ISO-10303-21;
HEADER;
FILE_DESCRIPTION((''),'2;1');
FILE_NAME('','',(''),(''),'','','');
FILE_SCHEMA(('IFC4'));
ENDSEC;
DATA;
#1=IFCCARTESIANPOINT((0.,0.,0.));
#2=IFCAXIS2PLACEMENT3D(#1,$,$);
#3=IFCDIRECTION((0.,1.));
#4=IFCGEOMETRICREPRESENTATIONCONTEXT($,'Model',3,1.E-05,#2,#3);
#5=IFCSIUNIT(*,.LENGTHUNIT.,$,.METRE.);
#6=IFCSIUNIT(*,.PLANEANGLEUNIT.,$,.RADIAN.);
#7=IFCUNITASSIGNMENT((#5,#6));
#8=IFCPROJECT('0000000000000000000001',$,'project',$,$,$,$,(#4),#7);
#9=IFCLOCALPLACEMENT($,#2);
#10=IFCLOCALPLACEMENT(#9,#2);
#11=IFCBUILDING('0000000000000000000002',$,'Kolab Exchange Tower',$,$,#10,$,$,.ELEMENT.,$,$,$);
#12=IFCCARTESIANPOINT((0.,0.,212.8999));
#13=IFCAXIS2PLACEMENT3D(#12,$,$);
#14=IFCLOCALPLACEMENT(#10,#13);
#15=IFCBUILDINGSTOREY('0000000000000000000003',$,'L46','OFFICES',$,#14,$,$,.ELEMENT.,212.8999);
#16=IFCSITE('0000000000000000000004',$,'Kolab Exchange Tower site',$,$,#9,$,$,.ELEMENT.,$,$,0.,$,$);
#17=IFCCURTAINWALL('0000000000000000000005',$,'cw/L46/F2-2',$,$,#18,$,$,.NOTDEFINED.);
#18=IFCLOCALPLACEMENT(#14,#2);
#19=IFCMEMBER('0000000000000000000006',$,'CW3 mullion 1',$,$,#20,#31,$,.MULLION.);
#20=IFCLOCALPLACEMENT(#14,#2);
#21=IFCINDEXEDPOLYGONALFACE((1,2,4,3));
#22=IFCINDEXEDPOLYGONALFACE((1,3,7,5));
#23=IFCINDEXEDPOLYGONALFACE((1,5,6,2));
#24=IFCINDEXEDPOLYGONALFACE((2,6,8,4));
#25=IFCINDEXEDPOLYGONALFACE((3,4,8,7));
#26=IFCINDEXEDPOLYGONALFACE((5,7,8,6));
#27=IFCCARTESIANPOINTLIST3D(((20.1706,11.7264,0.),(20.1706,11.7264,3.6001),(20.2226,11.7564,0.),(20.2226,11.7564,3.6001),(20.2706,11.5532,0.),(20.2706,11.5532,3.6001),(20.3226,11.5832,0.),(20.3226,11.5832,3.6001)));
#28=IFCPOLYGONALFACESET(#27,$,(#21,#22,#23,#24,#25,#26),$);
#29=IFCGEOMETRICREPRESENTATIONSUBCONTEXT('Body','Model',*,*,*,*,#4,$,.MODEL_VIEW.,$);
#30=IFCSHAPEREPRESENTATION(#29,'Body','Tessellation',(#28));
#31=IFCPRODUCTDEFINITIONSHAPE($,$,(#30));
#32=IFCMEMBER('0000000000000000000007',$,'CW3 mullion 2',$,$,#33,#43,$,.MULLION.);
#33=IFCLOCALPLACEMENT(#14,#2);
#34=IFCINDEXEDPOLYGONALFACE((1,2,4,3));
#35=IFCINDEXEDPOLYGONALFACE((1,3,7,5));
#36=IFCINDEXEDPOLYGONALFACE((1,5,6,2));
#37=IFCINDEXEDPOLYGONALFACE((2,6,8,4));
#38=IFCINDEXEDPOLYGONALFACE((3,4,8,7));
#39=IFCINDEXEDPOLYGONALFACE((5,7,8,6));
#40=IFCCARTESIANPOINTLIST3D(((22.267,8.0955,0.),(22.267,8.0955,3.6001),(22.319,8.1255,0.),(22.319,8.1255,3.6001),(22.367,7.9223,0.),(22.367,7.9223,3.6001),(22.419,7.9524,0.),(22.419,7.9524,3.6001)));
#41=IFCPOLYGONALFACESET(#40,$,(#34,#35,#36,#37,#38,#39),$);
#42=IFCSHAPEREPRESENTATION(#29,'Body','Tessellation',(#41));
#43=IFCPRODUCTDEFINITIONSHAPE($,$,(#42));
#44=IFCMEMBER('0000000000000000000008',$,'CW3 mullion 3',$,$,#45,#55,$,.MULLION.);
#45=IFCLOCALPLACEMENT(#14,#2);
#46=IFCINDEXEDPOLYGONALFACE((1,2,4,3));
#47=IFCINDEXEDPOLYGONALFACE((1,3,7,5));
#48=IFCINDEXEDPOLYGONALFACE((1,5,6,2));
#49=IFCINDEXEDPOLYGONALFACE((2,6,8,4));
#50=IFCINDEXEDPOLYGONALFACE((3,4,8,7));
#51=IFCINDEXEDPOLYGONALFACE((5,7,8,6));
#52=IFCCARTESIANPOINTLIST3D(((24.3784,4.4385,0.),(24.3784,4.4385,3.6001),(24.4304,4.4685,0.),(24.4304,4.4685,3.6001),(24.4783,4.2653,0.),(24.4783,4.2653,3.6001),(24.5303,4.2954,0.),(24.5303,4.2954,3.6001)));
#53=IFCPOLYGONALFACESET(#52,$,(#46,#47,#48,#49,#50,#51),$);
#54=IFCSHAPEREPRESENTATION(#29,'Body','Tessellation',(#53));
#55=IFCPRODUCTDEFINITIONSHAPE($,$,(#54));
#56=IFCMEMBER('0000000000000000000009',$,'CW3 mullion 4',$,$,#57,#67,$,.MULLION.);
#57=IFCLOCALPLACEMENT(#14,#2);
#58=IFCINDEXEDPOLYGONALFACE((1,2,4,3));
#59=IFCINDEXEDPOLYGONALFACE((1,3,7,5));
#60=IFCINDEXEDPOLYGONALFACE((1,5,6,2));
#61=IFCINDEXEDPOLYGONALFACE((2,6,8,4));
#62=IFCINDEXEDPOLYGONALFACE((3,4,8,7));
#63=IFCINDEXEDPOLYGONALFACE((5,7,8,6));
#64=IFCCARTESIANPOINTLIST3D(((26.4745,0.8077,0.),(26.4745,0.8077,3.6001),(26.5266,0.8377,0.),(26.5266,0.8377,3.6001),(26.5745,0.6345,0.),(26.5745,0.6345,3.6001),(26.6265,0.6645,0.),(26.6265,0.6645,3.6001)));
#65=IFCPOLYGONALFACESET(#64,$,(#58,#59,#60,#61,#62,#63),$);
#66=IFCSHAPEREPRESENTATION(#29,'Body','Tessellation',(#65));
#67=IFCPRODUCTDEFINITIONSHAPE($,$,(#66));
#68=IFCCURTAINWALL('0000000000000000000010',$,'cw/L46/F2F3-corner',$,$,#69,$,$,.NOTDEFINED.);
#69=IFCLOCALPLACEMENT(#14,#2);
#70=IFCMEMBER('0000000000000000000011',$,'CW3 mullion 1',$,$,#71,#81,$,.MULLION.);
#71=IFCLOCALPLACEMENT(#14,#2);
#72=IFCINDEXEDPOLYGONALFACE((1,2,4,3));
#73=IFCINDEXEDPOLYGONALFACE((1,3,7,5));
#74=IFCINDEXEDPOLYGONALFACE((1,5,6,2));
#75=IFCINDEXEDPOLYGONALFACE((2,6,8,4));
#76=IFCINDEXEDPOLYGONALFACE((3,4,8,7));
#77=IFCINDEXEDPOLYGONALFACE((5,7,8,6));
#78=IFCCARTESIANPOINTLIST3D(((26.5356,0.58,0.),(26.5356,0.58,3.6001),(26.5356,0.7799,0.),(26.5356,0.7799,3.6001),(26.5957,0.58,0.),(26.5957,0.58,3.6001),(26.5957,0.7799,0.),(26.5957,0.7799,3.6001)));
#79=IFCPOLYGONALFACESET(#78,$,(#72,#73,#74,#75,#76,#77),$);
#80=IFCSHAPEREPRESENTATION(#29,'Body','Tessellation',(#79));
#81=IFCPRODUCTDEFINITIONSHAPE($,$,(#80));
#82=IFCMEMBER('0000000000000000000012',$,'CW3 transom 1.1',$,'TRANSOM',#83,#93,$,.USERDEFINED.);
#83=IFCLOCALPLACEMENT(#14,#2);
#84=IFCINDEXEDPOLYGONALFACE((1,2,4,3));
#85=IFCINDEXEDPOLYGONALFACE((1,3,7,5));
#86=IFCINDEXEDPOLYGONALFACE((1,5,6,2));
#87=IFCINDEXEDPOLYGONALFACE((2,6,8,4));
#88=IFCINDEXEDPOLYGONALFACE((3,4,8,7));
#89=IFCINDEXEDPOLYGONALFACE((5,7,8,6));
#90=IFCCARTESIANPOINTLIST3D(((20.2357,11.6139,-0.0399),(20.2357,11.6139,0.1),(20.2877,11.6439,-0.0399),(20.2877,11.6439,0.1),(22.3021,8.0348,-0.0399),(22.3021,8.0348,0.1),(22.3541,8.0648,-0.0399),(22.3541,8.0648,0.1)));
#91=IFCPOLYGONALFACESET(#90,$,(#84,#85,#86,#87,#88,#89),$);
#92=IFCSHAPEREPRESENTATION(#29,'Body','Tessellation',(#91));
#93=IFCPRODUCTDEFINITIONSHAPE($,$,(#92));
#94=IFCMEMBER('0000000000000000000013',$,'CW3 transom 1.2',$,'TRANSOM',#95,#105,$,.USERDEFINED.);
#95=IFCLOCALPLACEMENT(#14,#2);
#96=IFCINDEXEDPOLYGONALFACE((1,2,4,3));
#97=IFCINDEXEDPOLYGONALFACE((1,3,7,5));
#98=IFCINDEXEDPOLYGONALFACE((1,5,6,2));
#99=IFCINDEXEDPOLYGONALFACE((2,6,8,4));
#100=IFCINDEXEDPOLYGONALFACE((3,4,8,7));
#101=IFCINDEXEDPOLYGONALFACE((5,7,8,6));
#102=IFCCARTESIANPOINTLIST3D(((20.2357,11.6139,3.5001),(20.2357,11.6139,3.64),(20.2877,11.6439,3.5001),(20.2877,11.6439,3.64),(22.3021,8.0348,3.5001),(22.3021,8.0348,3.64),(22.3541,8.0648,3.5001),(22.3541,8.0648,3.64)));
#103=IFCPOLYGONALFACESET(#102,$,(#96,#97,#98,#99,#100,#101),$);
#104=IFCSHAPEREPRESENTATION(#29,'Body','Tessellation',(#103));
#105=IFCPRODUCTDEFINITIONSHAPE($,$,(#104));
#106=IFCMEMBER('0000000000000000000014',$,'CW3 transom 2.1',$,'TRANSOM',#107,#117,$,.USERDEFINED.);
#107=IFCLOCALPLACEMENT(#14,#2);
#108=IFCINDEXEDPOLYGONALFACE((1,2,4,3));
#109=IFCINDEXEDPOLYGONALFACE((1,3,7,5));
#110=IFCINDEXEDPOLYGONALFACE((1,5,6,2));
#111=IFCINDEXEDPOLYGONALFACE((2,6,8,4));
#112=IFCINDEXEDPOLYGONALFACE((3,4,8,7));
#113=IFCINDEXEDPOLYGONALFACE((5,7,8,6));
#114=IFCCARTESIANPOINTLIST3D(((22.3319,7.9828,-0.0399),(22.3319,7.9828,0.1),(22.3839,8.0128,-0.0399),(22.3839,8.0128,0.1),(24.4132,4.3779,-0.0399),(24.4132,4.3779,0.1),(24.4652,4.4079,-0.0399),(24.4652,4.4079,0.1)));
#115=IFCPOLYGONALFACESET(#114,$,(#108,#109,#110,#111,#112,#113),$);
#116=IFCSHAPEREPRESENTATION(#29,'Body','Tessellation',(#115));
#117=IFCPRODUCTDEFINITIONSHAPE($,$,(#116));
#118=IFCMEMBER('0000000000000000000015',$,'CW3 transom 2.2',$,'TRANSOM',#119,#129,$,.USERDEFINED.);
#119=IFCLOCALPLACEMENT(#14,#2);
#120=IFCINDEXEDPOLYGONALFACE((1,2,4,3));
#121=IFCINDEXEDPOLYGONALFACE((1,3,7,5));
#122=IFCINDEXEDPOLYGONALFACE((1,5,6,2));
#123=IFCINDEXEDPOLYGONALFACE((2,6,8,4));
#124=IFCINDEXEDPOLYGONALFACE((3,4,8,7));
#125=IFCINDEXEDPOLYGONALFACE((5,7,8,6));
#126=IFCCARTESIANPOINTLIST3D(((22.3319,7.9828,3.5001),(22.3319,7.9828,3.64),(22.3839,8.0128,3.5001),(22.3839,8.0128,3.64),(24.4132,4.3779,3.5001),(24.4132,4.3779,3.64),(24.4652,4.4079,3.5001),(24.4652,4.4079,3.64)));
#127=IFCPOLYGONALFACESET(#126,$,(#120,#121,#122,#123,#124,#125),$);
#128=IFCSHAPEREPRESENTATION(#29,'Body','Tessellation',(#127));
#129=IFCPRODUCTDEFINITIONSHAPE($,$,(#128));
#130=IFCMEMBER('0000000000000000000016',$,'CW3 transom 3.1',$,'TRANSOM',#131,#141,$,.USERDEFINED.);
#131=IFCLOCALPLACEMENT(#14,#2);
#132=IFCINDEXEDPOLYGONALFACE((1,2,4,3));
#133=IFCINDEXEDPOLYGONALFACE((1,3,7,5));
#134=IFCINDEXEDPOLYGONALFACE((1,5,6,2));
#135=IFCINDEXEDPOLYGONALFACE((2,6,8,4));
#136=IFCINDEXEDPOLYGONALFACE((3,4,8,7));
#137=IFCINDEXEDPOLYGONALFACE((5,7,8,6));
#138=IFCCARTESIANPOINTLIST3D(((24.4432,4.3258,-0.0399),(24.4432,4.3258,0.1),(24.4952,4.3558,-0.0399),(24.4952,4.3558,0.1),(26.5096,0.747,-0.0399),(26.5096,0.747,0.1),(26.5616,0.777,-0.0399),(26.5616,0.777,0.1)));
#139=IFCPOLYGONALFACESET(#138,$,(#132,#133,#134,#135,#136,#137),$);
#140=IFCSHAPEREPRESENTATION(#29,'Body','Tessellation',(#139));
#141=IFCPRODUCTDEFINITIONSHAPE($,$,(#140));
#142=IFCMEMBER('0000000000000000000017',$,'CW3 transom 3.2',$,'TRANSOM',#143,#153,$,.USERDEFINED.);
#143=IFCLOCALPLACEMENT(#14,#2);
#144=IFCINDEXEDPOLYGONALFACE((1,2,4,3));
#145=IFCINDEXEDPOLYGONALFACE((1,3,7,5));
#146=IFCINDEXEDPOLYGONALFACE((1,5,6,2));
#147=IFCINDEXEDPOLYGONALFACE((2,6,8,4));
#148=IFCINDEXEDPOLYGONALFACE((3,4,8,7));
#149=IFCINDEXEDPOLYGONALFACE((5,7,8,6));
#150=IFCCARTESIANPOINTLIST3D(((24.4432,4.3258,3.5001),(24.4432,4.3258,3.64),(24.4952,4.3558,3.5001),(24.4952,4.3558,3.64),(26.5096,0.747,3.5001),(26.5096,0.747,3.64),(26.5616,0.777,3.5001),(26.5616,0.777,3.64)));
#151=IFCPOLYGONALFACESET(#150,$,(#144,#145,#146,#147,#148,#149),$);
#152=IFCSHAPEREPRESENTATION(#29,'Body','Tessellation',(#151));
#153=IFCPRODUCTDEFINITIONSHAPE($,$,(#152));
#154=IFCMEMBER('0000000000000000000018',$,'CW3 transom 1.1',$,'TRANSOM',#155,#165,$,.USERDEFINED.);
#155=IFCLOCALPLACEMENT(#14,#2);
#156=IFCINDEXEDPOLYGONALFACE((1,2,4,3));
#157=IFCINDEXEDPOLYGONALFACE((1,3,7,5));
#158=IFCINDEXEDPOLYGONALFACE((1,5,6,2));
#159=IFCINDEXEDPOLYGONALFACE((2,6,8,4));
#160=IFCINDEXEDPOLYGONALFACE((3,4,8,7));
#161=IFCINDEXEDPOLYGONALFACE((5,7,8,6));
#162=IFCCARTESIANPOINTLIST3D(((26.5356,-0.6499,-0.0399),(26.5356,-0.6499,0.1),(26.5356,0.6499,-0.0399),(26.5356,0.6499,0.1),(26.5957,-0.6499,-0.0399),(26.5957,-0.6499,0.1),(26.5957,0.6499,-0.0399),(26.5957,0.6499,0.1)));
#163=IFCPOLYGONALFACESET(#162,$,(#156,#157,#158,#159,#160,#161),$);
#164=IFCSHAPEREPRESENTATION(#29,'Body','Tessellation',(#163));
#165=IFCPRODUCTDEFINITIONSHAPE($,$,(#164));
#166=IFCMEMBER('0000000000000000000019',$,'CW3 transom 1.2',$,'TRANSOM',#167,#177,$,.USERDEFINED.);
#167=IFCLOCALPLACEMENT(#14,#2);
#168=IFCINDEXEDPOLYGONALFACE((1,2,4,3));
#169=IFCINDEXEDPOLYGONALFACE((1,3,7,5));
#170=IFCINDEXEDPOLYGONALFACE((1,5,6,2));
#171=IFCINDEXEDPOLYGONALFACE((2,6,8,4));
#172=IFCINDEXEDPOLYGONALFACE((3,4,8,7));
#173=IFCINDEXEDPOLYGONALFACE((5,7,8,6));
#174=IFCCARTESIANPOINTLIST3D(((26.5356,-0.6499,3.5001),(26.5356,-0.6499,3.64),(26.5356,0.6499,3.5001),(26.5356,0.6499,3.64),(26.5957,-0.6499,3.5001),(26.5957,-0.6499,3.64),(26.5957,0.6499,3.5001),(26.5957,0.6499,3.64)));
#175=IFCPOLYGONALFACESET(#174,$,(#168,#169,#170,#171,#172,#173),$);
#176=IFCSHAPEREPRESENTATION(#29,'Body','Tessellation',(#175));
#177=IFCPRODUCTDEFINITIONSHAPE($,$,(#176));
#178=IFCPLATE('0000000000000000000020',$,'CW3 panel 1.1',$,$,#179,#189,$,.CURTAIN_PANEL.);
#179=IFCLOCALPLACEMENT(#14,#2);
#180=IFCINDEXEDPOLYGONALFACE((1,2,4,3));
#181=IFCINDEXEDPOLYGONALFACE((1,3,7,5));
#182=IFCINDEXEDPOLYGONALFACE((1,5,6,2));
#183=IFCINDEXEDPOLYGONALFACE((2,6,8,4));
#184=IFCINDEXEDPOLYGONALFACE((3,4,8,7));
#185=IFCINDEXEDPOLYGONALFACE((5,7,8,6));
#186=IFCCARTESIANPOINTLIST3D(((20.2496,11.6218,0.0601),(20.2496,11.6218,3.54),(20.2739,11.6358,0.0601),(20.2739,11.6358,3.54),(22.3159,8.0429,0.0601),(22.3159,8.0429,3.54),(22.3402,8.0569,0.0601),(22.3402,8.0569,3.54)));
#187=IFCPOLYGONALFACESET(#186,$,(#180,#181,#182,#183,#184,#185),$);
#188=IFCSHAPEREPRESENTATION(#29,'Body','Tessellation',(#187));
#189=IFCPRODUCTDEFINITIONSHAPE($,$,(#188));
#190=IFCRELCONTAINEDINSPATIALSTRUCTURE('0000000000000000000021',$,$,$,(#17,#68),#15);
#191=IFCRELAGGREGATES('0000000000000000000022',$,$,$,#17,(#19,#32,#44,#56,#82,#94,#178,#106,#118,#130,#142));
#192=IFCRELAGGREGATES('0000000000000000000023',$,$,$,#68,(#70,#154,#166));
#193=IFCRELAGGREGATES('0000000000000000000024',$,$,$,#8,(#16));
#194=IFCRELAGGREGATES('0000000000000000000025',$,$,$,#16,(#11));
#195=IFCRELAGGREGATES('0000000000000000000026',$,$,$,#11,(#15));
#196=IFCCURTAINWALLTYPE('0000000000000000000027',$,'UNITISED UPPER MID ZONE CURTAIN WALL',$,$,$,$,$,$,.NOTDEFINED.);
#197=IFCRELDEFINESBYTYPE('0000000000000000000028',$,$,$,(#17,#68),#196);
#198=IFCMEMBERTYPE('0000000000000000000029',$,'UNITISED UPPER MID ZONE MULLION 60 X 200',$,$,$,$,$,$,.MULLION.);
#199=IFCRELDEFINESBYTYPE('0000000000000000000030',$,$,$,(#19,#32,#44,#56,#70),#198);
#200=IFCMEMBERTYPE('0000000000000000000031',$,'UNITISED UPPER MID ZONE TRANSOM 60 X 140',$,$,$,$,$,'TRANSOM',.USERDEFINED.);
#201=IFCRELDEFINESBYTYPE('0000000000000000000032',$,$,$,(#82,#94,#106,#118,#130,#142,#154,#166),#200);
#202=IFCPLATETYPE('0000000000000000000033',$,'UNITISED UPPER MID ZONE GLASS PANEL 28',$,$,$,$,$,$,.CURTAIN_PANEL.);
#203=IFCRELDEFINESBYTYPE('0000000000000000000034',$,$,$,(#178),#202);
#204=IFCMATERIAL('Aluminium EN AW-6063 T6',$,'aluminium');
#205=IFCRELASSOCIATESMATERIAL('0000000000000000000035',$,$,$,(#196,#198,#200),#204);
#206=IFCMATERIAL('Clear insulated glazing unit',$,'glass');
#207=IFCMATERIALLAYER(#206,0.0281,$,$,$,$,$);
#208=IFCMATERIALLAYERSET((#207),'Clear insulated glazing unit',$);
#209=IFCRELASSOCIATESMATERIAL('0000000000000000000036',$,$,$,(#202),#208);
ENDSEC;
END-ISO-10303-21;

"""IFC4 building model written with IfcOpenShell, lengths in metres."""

from ifc_helpers import new_model, si_unit, direction, frame, origin, origin_2d, place, context, subcontext, project, spatial, rectangle, extrude, material, layer, layer_set, material_profile, profile_set, type_object, element, aggregate, save


model = new_model("IFC4")

# Units and contexts
model_context = context("Model", 3, precision=1e-05, world=origin(), true_north=direction((0.0, 1.0)))
body_context = subcontext(model_context, "Body", "Model", "MODEL_VIEW")
ifc_project = project(units=[si_unit("LENGTHUNIT", "METRE"), si_unit("PLANEANGLEUNIT", "RADIAN")], contexts=[model_context])

# Site, building, storey
site_placement = place(None, origin())
site = spatial("IfcSite", under=ifc_project, at=site_placement, Name="Kolab Exchange Tower site", CompositionType="ELEMENT", RefElevation=0.0)
building_placement = place(site_placement, origin())
building = spatial("IfcBuilding", under=site, at=building_placement, Name="Kolab Exchange Tower", CompositionType="ELEMENT")
storey_placement = place(building_placement, frame((0.0, 0.0, 212.8999)))
storey = spatial("IfcBuildingStorey", under=building, at=storey_placement, Name="L46", Description="OFFICES", CompositionType="ELEMENT", Elevation=212.8999)

# Curtain wall, members
ifc_material_1 = material(Name="Aluminium EN AW-6063 T6", Category="aluminium")
curtain_wall_type = type_object("IfcCurtainWallType", Name="UNITISED UPPER MID ZONE CURTAIN WALL", PredefinedType="NOTDEFINED", material=ifc_material_1)
curtain_wall_1_placement = place(storey_placement, origin())
curtain_wall_1 = element("IfcCurtainWall", 1, at=curtain_wall_1_placement, inside=storey, type_object=curtain_wall_type, Name="cw/L46/F2-2", PredefinedType="NOTDEFINED")
ifc_material_profile_1 = material_profile(ifc_material_1, rectangle(XDim=0.0601, YDim=0.2, at=origin_2d()), Name="RECT 60X200")
ifc_profile_set_1 = profile_set([ifc_material_profile_1], Name="Aluminium EN AW-6063 T6")
member_type_1 = type_object("IfcMemberType", Name="UNITISED UPPER MID ZONE MULLION 60 X 200", PredefinedType="MULLION", material=ifc_profile_set_1)
member_1_placement = place(storey_placement, frame((20.2466, 11.6548, 0.0), z_axis=(0.0, 0.0, 1.0), x_axis=(0.866025, 0.5, 0.0)))
member_1 = element("IfcMember", 2, at=member_1_placement, type_object=member_type_1, Name="CW3 mullion 1", PredefinedType="MULLION", context=body_context, shape_type="SweptSolid", body=[
    extrude(rectangle(XDim=0.0601, YDim=0.2, at=origin_2d()), origin(), (0.0, 0.0, 1.0), 3.6001),
])
member_2_placement = place(storey_placement, frame((22.343, 8.0239, 0.0), z_axis=(0.0, 0.0, 1.0), x_axis=(0.866025, 0.5, 0.0)))
member_2 = element("IfcMember", 3, at=member_2_placement, type_object=member_type_1, Name="CW3 mullion 2", PredefinedType="MULLION", context=body_context, shape_type="SweptSolid", body=[
    extrude(rectangle(XDim=0.0601, YDim=0.2, at=origin_2d()), origin(), (0.0, 0.0, 1.0), 3.6001),
])
member_3_placement = place(storey_placement, frame((24.4543, 4.3669, 0.0), z_axis=(0.0, 0.0, 1.0), x_axis=(0.866025, 0.5, 0.0)))
member_3 = element("IfcMember", 4, at=member_3_placement, type_object=member_type_1, Name="CW3 mullion 3", PredefinedType="MULLION", context=body_context, shape_type="SweptSolid", body=[
    extrude(rectangle(XDim=0.0601, YDim=0.2, at=origin_2d()), origin(), (0.0, 0.0, 1.0), 3.6001),
])
member_4_placement = place(storey_placement, frame((26.5505, 0.7361, 0.0), z_axis=(0.0, 0.0, 1.0), x_axis=(0.866025, 0.5, 0.0)))
member_4 = element("IfcMember", 5, at=member_4_placement, type_object=member_type_1, Name="CW3 mullion 4", PredefinedType="MULLION", context=body_context, shape_type="SweptSolid", body=[
    extrude(rectangle(XDim=0.0601, YDim=0.2, at=origin_2d()), origin(), (0.0, 0.0, 1.0), 3.6001),
])

# Curtain wall, member
curtain_wall_2_placement = place(storey_placement, origin())
curtain_wall_2 = element("IfcCurtainWall", 6, at=curtain_wall_2_placement, inside=storey, type_object=curtain_wall_type, Name="cw/L46/F2F3-corner", PredefinedType="NOTDEFINED")
member_5_placement = place(storey_placement, frame((26.5657, 0.6799, 0.0), z_axis=(0.0, 0.0, 1.0), x_axis=(1.0, 0.0, 0.0)))
member_5 = element("IfcMember", 7, at=member_5_placement, type_object=member_type_1, Name="CW3 mullion 1", PredefinedType="MULLION", context=body_context, shape_type="SweptSolid", body=[
    extrude(rectangle(XDim=0.0601, YDim=0.2, at=origin_2d()), origin(), (0.0, 0.0, 1.0), 3.6001),
])

# Members
ifc_material_profile_2 = material_profile(ifc_material_1, rectangle(XDim=0.0601, YDim=0.1399, at=origin_2d()), Name="RECT 60X140")
ifc_profile_set_2 = profile_set([ifc_material_profile_2], Name="Aluminium EN AW-6063 T6")
member_type_2 = type_object("IfcMemberType", Name="UNITISED UPPER MID ZONE TRANSOM 60 X 140", ElementType="TRANSOM", PredefinedType="USERDEFINED", material=ifc_profile_set_2)
member_6_placement = place(storey_placement, frame((20.2617, 11.6289, 0.03), z_axis=(0.500002, -0.866024, 0.0), x_axis=(0.866024, 0.500002, 0.0)))
member_6 = element("IfcMember", 8, at=member_6_placement, type_object=member_type_2, Name="CW3 transom 1.1", ObjectType="TRANSOM", PredefinedType="USERDEFINED", context=body_context, shape_type="SweptSolid", body=[
    extrude(rectangle(XDim=0.0601, YDim=0.1399, at=origin_2d()), origin(), (0.0, 0.0, 1.0), 4.1328),
])
member_7_placement = place(storey_placement, frame((20.2617, 11.6289, 3.5701), z_axis=(0.500002, -0.866024, 0.0), x_axis=(0.866024, 0.500002, 0.0)))
member_7 = element("IfcMember", 9, at=member_7_placement, type_object=member_type_2, Name="CW3 transom 1.2", ObjectType="TRANSOM", PredefinedType="USERDEFINED", context=body_context, shape_type="SweptSolid", body=[
    extrude(rectangle(XDim=0.0601, YDim=0.1399, at=origin_2d()), origin(), (0.0, 0.0, 1.0), 4.1328),
])
member_8_placement = place(storey_placement, frame((22.3579, 7.9978, 0.03), z_axis=(0.499993, -0.866029, 0.0), x_axis=(0.866029, 0.499993, 0.0)))
member_8 = element("IfcMember", 10, at=member_8_placement, type_object=member_type_2, Name="CW3 transom 2.1", ObjectType="TRANSOM", PredefinedType="USERDEFINED", context=body_context, shape_type="SweptSolid", body=[
    extrude(rectangle(XDim=0.0601, YDim=0.1399, at=origin_2d()), origin(), (0.0, 0.0, 1.0), 4.1626),
])
member_9_placement = place(storey_placement, frame((22.3579, 7.9978, 3.5701), z_axis=(0.499993, -0.866029, 0.0), x_axis=(0.866029, 0.499993, 0.0)))
member_9 = element("IfcMember", 11, at=member_9_placement, type_object=member_type_2, Name="CW3 transom 2.2", ObjectType="TRANSOM", PredefinedType="USERDEFINED", context=body_context, shape_type="SweptSolid", body=[
    extrude(rectangle(XDim=0.0601, YDim=0.1399, at=origin_2d()), origin(), (0.0, 0.0, 1.0), 4.1626),
])
member_10_placement = place(storey_placement, frame((24.4692, 4.3408, 0.03), z_axis=(0.500028, -0.866009, 0.0), x_axis=(0.866009, 0.500028, 0.0)))
member_10 = element("IfcMember", 12, at=member_10_placement, type_object=member_type_2, Name="CW3 transom 3.1", ObjectType="TRANSOM", PredefinedType="USERDEFINED", context=body_context, shape_type="SweptSolid", body=[
    extrude(rectangle(XDim=0.0601, YDim=0.1399, at=origin_2d()), origin(), (0.0, 0.0, 1.0), 4.1326),
])
member_11_placement = place(storey_placement, frame((24.4692, 4.3408, 3.5701), z_axis=(0.500028, -0.866009, 0.0), x_axis=(0.866009, 0.500028, 0.0)))
member_11 = element("IfcMember", 13, at=member_11_placement, type_object=member_type_2, Name="CW3 transom 3.2", ObjectType="TRANSOM", PredefinedType="USERDEFINED", context=body_context, shape_type="SweptSolid", body=[
    extrude(rectangle(XDim=0.0601, YDim=0.1399, at=origin_2d()), origin(), (0.0, 0.0, 1.0), 4.1326),
])
member_12_placement = place(storey_placement, frame((26.5657, 0.6499, 0.03), z_axis=(0.0, -1.0, 0.0), x_axis=(1.0, 0.0, 0.0)))
member_12 = element("IfcMember", 14, at=member_12_placement, type_object=member_type_2, Name="CW3 transom 1.1", ObjectType="TRANSOM", PredefinedType="USERDEFINED", context=body_context, shape_type="SweptSolid", body=[
    extrude(rectangle(XDim=0.0601, YDim=0.1399, at=origin_2d()), origin(), (0.0, 0.0, 1.0), 1.2998),
])
member_13_placement = place(storey_placement, frame((26.5657, 0.6499, 3.5701), z_axis=(0.0, -1.0, 0.0), x_axis=(1.0, 0.0, 0.0)))
member_13 = element("IfcMember", 15, at=member_13_placement, type_object=member_type_2, Name="CW3 transom 1.2", ObjectType="TRANSOM", PredefinedType="USERDEFINED", context=body_context, shape_type="SweptSolid", body=[
    extrude(rectangle(XDim=0.0601, YDim=0.1399, at=origin_2d()), origin(), (0.0, 0.0, 1.0), 1.2998),
])

# Plate
ifc_material_2 = material(Name="Clear insulated glazing unit", Category="glass")
ifc_layer_1 = layer(ifc_material_2, 0.0281)
ifc_layer_set_1 = layer_set([ifc_layer_1], Name="Clear insulated glazing unit")
plate_type = type_object("IfcPlateType", Name="UNITISED UPPER MID ZONE GLASS PANEL 28", PredefinedType="CURTAIN_PANEL", material=ifc_layer_set_1)
plate_1_placement = place(storey_placement, frame((21.2949, 9.8394, 0.0601), z_axis=(0.0, 0.0, 1.0), x_axis=(0.5, -0.866025, 0.0)))
plate_1 = element("IfcPlate", 16, at=plate_1_placement, type_object=plate_type, Name="CW3 panel 1.1", PredefinedType="CURTAIN_PANEL", context=body_context, shape_type="SweptSolid", body=[
    extrude(rectangle(XDim=4.1326, YDim=0.0281, at=origin_2d()), origin(), (0.0, 0.0, 1.0), 3.48),
])
aggregate(curtain_wall_1, [member_1, member_2, member_3, member_4, member_6, member_7, plate_1, member_8, member_9, member_10, member_11])
aggregate(curtain_wall_2, [member_5, member_12, member_13])

save(model, "model.ifc")
